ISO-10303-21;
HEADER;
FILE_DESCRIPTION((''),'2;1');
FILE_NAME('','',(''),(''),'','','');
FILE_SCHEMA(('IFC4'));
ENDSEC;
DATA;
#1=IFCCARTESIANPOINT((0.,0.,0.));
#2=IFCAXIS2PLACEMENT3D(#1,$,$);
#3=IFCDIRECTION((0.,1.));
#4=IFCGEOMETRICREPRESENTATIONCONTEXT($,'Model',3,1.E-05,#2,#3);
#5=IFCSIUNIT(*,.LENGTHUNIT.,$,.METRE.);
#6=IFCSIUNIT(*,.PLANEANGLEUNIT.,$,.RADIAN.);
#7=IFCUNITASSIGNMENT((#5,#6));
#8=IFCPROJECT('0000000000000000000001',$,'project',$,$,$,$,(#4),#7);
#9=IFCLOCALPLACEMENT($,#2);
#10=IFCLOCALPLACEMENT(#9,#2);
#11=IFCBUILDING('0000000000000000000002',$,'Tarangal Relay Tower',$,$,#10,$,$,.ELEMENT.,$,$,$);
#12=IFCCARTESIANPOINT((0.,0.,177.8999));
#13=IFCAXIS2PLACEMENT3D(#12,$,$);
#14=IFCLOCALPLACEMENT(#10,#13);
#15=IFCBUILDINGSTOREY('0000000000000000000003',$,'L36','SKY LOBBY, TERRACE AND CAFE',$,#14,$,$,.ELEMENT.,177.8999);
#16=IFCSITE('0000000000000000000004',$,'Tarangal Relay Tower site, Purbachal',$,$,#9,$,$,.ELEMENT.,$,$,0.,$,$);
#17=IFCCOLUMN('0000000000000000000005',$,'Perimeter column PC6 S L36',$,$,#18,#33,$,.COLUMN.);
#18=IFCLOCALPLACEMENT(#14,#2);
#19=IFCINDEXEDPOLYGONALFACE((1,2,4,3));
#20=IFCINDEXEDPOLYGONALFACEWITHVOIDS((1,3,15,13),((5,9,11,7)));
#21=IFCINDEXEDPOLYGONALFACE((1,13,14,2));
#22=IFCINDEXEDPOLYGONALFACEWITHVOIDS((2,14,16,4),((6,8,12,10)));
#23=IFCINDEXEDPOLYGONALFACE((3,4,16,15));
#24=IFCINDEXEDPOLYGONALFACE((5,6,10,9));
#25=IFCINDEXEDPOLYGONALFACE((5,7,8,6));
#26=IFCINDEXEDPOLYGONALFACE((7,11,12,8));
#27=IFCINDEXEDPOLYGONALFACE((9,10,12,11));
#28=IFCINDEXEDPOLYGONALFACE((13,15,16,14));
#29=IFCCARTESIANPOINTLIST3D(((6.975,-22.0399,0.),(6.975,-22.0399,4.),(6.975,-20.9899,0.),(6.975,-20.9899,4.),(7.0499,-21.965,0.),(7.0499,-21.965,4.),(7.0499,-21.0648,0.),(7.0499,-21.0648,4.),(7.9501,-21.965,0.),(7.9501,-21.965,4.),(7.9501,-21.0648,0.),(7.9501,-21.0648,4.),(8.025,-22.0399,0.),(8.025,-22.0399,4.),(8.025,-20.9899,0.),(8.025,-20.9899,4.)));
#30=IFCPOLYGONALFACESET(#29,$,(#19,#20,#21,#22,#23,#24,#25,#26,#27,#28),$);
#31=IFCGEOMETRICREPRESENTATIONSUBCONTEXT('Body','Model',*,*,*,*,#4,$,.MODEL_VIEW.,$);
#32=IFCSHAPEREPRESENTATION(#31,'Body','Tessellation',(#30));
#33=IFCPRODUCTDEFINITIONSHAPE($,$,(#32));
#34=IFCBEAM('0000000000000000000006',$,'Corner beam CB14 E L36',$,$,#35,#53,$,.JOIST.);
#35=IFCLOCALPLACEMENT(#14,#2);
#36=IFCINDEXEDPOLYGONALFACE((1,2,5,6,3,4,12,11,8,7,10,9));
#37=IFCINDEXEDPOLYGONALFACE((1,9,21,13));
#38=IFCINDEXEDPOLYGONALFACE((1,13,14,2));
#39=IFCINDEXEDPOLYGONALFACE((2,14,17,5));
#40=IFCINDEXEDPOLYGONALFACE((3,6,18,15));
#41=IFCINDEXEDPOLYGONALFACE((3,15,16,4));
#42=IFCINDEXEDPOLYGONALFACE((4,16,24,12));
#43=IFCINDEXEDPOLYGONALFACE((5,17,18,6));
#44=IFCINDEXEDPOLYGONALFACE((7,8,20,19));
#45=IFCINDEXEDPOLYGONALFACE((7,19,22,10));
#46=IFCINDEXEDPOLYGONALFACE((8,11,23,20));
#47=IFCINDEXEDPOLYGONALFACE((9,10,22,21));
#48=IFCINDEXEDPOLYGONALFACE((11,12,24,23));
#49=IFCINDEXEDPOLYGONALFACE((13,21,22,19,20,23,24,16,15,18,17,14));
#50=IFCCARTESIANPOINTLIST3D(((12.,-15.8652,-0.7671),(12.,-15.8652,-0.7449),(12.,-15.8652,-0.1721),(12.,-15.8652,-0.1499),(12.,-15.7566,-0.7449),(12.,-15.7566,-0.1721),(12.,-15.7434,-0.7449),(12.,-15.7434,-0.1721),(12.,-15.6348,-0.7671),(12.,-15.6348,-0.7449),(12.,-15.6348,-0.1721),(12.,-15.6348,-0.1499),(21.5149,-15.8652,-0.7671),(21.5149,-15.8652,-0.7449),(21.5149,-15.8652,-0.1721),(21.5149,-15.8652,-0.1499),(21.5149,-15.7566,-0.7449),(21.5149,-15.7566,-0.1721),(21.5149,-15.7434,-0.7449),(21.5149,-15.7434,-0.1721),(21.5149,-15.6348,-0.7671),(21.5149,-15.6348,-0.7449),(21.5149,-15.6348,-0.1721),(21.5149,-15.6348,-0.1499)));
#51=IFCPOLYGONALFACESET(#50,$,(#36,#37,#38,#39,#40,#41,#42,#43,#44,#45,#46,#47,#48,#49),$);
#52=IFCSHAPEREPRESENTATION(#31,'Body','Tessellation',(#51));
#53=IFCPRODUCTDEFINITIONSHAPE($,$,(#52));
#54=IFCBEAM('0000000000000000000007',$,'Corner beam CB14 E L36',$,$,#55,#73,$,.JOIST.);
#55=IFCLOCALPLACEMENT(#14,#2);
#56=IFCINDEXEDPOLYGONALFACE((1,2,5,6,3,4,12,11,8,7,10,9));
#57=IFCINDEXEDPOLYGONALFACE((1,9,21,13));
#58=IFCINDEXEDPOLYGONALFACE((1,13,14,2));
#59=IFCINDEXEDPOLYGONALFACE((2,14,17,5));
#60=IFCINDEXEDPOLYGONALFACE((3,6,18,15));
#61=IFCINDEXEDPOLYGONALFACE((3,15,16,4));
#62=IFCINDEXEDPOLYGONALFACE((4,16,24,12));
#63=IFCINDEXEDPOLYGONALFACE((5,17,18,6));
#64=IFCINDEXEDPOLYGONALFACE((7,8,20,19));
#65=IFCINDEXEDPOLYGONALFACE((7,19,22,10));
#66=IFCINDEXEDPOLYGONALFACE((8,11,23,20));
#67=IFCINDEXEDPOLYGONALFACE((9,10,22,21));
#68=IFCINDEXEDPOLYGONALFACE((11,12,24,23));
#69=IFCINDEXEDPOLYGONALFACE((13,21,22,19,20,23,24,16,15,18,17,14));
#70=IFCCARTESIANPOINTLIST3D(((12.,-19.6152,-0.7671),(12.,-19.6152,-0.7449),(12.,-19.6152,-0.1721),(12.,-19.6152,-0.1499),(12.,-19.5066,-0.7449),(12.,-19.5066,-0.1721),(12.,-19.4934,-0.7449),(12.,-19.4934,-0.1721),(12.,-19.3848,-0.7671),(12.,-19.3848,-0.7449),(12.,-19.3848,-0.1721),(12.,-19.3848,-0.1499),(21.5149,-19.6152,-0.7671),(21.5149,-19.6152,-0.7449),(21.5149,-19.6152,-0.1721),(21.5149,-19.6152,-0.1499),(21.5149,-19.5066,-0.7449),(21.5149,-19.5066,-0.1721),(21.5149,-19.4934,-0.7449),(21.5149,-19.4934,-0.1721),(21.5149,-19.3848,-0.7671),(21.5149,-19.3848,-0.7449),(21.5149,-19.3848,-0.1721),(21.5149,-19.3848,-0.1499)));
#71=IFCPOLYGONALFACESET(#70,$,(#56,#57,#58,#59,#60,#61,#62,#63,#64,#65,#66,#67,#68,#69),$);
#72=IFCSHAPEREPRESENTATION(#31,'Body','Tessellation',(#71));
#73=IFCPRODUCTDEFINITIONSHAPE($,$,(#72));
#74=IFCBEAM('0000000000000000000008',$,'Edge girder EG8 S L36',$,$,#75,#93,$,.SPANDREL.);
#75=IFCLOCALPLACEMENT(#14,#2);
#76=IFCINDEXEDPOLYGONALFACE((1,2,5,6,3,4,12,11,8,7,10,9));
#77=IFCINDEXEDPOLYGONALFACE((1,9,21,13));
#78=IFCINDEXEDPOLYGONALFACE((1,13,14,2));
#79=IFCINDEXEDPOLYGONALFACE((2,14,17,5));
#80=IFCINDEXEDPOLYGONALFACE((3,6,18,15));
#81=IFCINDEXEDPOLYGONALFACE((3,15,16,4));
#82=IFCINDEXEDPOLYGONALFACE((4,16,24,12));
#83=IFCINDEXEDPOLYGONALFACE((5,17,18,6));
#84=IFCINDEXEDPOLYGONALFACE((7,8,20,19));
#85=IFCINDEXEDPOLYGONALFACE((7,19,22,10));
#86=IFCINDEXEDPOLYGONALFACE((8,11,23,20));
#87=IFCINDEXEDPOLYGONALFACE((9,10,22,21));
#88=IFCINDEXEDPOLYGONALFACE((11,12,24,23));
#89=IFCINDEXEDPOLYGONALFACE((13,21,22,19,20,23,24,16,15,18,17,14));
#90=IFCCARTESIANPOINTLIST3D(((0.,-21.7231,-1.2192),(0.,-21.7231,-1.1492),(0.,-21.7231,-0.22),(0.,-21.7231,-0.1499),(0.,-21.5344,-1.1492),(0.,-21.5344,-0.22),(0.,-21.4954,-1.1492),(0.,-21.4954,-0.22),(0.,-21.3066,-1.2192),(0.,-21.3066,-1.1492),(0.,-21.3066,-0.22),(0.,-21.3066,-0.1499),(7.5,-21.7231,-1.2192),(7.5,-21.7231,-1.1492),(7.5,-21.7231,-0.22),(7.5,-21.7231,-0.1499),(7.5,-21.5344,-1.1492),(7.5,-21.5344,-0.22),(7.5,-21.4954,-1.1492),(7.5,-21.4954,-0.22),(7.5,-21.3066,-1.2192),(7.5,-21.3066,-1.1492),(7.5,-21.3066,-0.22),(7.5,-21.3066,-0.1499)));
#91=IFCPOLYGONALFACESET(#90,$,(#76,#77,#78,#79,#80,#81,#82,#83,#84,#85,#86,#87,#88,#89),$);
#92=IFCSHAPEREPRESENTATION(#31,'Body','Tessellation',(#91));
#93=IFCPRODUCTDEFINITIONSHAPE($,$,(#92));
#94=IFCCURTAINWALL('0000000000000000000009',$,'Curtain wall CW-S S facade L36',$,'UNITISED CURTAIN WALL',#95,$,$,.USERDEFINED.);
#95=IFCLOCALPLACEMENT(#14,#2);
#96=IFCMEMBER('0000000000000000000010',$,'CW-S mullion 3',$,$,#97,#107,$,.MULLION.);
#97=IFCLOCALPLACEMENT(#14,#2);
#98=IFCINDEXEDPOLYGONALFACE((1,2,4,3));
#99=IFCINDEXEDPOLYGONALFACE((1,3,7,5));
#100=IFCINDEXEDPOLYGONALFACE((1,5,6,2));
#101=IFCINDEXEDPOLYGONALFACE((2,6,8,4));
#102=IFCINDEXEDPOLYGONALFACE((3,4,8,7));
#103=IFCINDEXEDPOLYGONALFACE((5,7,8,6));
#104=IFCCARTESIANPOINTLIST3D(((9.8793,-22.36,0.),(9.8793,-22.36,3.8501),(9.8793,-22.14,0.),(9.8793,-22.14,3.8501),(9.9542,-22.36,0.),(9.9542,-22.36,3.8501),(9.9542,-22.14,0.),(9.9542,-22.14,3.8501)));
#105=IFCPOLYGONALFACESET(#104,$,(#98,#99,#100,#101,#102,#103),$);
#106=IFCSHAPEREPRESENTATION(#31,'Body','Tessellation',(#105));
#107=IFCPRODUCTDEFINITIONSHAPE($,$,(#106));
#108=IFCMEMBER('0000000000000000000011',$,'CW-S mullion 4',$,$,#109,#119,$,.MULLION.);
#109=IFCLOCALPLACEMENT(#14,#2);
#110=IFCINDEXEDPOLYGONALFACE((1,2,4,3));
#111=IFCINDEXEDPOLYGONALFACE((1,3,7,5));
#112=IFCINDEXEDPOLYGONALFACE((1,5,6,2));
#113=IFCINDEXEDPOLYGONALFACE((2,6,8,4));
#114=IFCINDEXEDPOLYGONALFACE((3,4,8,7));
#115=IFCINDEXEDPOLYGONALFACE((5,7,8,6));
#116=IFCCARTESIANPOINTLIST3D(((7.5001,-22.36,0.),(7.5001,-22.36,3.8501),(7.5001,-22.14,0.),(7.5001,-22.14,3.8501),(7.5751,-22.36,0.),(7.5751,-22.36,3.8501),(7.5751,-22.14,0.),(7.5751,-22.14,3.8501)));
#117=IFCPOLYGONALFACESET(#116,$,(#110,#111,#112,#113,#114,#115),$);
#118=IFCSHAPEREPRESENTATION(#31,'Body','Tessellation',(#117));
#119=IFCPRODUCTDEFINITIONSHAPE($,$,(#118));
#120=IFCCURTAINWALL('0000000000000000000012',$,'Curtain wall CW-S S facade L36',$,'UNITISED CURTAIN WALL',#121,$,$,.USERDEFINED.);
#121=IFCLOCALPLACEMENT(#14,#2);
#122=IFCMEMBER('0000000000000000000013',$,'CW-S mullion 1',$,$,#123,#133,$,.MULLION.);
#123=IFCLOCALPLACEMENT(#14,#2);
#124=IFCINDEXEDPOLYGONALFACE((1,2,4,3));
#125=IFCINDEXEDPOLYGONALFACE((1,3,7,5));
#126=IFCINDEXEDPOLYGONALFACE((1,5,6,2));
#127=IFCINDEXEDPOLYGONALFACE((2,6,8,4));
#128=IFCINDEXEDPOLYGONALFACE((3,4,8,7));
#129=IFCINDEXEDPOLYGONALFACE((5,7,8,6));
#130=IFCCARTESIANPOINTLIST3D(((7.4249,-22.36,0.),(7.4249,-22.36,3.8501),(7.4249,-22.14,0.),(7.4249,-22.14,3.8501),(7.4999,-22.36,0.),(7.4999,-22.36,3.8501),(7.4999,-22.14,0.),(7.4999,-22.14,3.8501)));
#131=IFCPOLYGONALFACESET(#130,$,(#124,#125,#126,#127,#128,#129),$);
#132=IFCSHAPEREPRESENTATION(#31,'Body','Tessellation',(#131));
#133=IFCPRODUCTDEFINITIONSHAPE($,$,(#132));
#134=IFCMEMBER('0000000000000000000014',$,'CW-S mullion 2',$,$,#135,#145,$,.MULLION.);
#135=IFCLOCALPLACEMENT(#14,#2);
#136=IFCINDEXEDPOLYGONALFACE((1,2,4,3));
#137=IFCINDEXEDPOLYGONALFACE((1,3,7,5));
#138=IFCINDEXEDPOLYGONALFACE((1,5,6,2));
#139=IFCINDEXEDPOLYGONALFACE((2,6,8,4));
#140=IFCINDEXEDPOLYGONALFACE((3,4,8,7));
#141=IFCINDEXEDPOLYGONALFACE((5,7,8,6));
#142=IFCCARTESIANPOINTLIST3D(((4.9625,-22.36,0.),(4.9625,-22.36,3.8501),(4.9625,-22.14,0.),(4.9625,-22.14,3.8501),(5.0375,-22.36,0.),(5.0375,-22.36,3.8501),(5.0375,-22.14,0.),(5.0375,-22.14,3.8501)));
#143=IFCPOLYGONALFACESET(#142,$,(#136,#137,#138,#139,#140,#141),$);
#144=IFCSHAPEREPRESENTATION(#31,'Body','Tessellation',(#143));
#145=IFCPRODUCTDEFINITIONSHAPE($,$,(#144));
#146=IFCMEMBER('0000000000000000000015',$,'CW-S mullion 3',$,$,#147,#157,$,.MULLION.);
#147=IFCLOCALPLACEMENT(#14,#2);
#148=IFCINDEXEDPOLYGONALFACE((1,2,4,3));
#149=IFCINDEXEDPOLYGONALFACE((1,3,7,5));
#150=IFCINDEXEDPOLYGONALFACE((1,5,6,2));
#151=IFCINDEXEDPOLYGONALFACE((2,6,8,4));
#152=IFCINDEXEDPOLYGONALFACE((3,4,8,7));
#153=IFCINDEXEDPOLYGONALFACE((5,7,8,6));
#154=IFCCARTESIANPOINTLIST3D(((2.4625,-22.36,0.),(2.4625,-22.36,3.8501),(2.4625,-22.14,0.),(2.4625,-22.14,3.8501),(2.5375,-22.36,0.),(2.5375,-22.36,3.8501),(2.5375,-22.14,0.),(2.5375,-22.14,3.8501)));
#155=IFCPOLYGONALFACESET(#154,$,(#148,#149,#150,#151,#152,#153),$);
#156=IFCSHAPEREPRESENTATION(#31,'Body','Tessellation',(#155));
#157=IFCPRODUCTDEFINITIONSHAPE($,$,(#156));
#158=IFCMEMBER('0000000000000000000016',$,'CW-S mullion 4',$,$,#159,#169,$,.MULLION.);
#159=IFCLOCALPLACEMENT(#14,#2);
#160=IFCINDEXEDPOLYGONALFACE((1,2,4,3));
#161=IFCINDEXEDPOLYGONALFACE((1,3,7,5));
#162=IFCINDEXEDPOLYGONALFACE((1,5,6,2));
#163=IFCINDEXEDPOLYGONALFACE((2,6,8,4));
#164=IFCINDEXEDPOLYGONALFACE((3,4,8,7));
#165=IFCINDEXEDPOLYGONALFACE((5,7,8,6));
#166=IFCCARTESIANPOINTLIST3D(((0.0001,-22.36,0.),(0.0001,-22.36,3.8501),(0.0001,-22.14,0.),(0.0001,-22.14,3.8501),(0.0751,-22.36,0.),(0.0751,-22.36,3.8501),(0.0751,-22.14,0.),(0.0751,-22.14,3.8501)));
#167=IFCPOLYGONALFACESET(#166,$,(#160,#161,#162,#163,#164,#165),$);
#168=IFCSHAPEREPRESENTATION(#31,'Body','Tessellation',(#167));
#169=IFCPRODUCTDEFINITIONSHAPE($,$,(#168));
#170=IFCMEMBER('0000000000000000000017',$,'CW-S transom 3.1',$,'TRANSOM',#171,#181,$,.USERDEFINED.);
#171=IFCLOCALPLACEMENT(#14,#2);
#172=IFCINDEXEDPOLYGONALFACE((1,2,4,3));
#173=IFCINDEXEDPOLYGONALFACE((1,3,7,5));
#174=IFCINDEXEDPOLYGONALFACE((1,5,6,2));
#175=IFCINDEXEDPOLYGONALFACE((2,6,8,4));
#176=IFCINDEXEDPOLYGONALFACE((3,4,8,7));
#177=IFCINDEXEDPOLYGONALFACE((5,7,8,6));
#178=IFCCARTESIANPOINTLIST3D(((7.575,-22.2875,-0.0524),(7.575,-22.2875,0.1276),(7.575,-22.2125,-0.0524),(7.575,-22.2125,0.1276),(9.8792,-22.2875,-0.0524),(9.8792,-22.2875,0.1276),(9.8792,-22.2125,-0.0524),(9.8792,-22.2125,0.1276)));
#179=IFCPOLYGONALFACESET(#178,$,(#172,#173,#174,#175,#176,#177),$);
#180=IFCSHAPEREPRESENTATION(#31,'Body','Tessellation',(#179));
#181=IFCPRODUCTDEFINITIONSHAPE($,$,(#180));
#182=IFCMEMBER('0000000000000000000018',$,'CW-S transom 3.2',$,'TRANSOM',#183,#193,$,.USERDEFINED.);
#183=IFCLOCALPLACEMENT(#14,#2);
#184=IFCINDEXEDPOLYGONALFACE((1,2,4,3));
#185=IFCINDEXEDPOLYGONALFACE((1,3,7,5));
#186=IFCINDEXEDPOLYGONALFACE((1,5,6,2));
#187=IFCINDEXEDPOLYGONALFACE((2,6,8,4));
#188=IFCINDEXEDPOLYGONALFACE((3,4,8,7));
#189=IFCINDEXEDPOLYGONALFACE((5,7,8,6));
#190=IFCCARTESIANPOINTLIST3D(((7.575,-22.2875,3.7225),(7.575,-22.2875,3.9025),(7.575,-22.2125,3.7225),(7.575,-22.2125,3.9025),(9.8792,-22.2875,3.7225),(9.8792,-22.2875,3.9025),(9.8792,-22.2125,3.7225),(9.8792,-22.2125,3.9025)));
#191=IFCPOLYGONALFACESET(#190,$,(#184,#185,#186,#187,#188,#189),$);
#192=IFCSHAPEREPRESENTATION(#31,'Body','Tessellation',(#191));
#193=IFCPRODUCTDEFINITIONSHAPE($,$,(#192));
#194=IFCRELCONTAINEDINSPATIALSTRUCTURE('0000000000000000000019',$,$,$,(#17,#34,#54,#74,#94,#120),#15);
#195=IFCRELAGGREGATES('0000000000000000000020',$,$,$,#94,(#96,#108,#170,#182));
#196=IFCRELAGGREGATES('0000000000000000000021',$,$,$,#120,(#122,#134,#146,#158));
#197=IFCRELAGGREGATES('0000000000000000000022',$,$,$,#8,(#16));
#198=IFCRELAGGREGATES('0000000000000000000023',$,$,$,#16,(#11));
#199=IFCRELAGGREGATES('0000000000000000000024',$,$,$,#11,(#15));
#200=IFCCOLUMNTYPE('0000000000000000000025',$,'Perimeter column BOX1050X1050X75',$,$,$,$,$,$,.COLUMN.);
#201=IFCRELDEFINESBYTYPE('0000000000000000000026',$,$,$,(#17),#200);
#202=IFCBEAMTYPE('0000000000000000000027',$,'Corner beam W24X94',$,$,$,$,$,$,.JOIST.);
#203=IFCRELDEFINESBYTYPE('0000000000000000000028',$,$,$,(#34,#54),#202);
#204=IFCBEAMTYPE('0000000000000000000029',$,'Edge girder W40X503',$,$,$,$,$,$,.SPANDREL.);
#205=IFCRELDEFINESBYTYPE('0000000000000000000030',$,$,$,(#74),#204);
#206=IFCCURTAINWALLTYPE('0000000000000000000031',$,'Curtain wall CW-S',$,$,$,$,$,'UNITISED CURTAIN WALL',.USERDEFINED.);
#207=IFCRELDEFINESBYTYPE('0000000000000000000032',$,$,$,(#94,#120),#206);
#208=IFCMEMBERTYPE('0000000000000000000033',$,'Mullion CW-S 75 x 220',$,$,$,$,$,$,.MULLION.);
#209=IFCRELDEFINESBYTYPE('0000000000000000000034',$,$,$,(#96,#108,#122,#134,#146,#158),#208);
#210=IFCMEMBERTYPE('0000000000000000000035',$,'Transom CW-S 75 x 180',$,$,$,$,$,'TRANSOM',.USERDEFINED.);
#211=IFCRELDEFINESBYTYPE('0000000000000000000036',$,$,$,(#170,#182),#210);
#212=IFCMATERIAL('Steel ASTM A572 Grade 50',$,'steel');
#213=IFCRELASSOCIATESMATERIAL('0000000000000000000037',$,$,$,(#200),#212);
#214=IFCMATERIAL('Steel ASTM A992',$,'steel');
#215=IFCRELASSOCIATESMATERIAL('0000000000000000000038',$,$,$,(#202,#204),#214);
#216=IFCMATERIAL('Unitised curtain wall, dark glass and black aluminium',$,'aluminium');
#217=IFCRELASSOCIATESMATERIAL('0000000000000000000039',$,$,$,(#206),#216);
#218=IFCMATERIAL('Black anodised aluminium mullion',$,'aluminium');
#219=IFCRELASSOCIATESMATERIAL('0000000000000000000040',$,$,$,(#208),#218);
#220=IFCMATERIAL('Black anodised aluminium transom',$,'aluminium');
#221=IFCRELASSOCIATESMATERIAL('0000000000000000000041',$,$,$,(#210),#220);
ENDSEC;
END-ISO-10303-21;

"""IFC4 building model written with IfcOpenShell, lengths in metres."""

from ifc_helpers import new_model, si_unit, direction, frame, origin, origin_2d, place, context, subcontext, project, spatial, rectangle, hollow_rectangle, i_section, extrude, material, material_profile, profile_set, type_object, element, aggregate, save


model = new_model("IFC4")

# Units and contexts
model_context = context("Model", 3, precision=1e-05, world=origin(), true_north=direction((0.0, 1.0)))
body_context = subcontext(model_context, "Body", "Model", "MODEL_VIEW")
ifc_project = project(units=[si_unit("LENGTHUNIT", "METRE"), si_unit("PLANEANGLEUNIT", "RADIAN")], contexts=[model_context])

# Site, building, storey
site_placement = place(None, origin())
site = spatial("IfcSite", under=ifc_project, at=site_placement, Name="Tarangal Relay Tower site, Purbachal", CompositionType="ELEMENT", RefElevation=0.0)
building_placement = place(site_placement, origin())
building = spatial("IfcBuilding", under=site, at=building_placement, Name="Tarangal Relay Tower", CompositionType="ELEMENT")
storey_placement = place(building_placement, frame((0.0, 0.0, 177.8999)))
storey = spatial("IfcBuildingStorey", under=building, at=storey_placement, Name="L36", Description="SKY LOBBY, TERRACE AND CAFE", CompositionType="ELEMENT", Elevation=177.8999)

# Column
ifc_material_1 = material(Name="Steel ASTM A572 Grade 50", Category="steel")
ifc_material_profile_1 = material_profile(ifc_material_1, hollow_rectangle(XDim=1.05, YDim=1.05, WallThickness=0.075, at=origin_2d()), Name="BOX1050X1050X75")
ifc_profile_set_1 = profile_set([ifc_material_profile_1], Name="Steel ASTM A572 Grade 50")
column_type = type_object("IfcColumnType", Name="Perimeter column BOX1050X1050X75", PredefinedType="COLUMN", material=ifc_profile_set_1)
column_placement = place(storey_placement, frame((7.5, -21.5149, 0.0), z_axis=(0.0, 0.0, 1.0), x_axis=(1.0, 0.0, 0.0)))
element("IfcColumn", 1, at=column_placement, inside=storey, type_object=column_type, Name="Perimeter column PC6 S L36", PredefinedType="COLUMN", context=body_context, shape_type="SweptSolid", body=[
    extrude(hollow_rectangle(XDim=1.05, YDim=1.05, WallThickness=0.075, at=origin_2d()), origin(), (0.0, 0.0, 1.0), 4.0),
])

# Beams
ifc_material_2 = material(Name="Steel ASTM A992", Category="steel")
ifc_material_profile_2 = material_profile(ifc_material_2, i_section(OverallWidth=0.2305, OverallDepth=0.6172, WebThickness=0.0132, FlangeThickness=0.0222, at=origin_2d()), Name="W24X94")
ifc_profile_set_2 = profile_set([ifc_material_profile_2], Name="Steel ASTM A992")
beam_type_1 = type_object("IfcBeamType", Name="Corner beam W24X94", PredefinedType="JOIST", material=ifc_profile_set_2)
for number, where, z_axis, x_axis, name in (
    (2, (12.0, -15.75, -0.4585), (1.0, 0.0, 0.0), (0.0, 1.0, 0.0), "Corner beam CB14 E L36"),
    (3, (12.0, -19.5, -0.4585), (1.0, 0.0, 0.0), (0.0, 1.0, 0.0), "Corner beam CB14 E L36"),
):
    element("IfcBeam", number, at=place(storey_placement, frame(where, z_axis=z_axis, x_axis=x_axis)), inside=storey, type_object=beam_type_1, Name=name, PredefinedType="JOIST", context=body_context, shape_type="SweptSolid", body=[
        extrude(i_section(OverallWidth=0.2305, OverallDepth=0.6172, WebThickness=0.0132, FlangeThickness=0.0222, at=origin_2d()), origin(), (0.0, 0.0, 1.0), 9.5149),
    ])
ifc_material_profile_3 = material_profile(ifc_material_2, i_section(OverallWidth=0.4165, OverallDepth=1.0693, WebThickness=0.0391, FlangeThickness=0.0701, at=origin_2d()), Name="W40X503")
ifc_profile_set_3 = profile_set([ifc_material_profile_3], Name="Steel ASTM A992")
beam_type_2 = type_object("IfcBeamType", Name="Edge girder W40X503", PredefinedType="SPANDREL", material=ifc_profile_set_3)
beam_placement = place(storey_placement, frame((7.5, -21.5149, -0.6846), z_axis=(-1.0, 0.0, 0.0), x_axis=(0.0, -1.0, 0.0)))
element("IfcBeam", 4, at=beam_placement, inside=storey, type_object=beam_type_2, Name="Edge girder EG8 S L36", PredefinedType="SPANDREL", context=body_context, shape_type="SweptSolid", body=[
    extrude(i_section(OverallWidth=0.4165, OverallDepth=1.0693, WebThickness=0.0391, FlangeThickness=0.0701, at=origin_2d()), origin(), (0.0, 0.0, 1.0), 7.5),
])

# Curtain walls, members
ifc_material_3 = material(Name="Unitised curtain wall, dark glass and black aluminium", Category="aluminium")
curtain_wall_type = type_object("IfcCurtainWallType", Name="Curtain wall CW-S", ElementType="UNITISED CURTAIN WALL", PredefinedType="USERDEFINED", material=ifc_material_3)
curtain_wall_1_placement = place(storey_placement, origin())
curtain_wall_1 = element("IfcCurtainWall", 5, at=curtain_wall_1_placement, inside=storey, type_object=curtain_wall_type, Name="Curtain wall CW-S S facade L36", ObjectType="UNITISED CURTAIN WALL", PredefinedType="USERDEFINED")
ifc_material_4 = material(Name="Black anodised aluminium mullion", Category="aluminium")
ifc_material_profile_4 = material_profile(ifc_material_4, rectangle(XDim=0.22, YDim=0.075, at=origin_2d()), Name="CW-SM 75X220")
ifc_profile_set_4 = profile_set([ifc_material_profile_4], Name="Black anodised aluminium mullion")
member_type_1 = type_object("IfcMemberType", Name="Mullion CW-S 75 x 220", PredefinedType="MULLION", material=ifc_profile_set_4)
member_1_placement = place(storey_placement, frame((9.9167, -22.25, 0.0), z_axis=(0.0, 0.0, 1.0), x_axis=(0.0, -1.0, 0.0)))
member_1 = element("IfcMember", 6, at=member_1_placement, type_object=member_type_1, Name="CW-S mullion 3", PredefinedType="MULLION", context=body_context, shape_type="SweptSolid", body=[
    extrude(rectangle(XDim=0.22, YDim=0.075, at=origin_2d()), origin(), (0.0, 0.0, 1.0), 3.8501),
])
member_2_placement = place(storey_placement, frame((7.5376, -22.25, 0.0), z_axis=(0.0, 0.0, 1.0), x_axis=(0.0, -1.0, 0.0)))
member_2 = element("IfcMember", 7, at=member_2_placement, type_object=member_type_1, Name="CW-S mullion 4", PredefinedType="MULLION", context=body_context, shape_type="SweptSolid", body=[
    extrude(rectangle(XDim=0.22, YDim=0.075, at=origin_2d()), origin(), (0.0, 0.0, 1.0), 3.8501),
])
curtain_wall_2_placement = place(storey_placement, origin())
curtain_wall_2 = element("IfcCurtainWall", 8, at=curtain_wall_2_placement, inside=storey, type_object=curtain_wall_type, Name="Curtain wall CW-S S facade L36", ObjectType="UNITISED CURTAIN WALL", PredefinedType="USERDEFINED")
member_3_placement = place(storey_placement, frame((7.4624, -22.25, 0.0), z_axis=(0.0, 0.0, 1.0), x_axis=(0.0, -1.0, 0.0)))
member_3 = element("IfcMember", 9, at=member_3_placement, type_object=member_type_1, Name="CW-S mullion 1", PredefinedType="MULLION", context=body_context, shape_type="SweptSolid", body=[
    extrude(rectangle(XDim=0.22, YDim=0.075, at=origin_2d()), origin(), (0.0, 0.0, 1.0), 3.8501),
])
member_4_placement = place(storey_placement, frame((5.0, -22.25, 0.0), z_axis=(0.0, 0.0, 1.0), x_axis=(0.0, -1.0, 0.0)))
member_4 = element("IfcMember", 10, at=member_4_placement, type_object=member_type_1, Name="CW-S mullion 2", PredefinedType="MULLION", context=body_context, shape_type="SweptSolid", body=[
    extrude(rectangle(XDim=0.22, YDim=0.075, at=origin_2d()), origin(), (0.0, 0.0, 1.0), 3.8501),
])
member_5_placement = place(storey_placement, frame((2.5, -22.25, 0.0), z_axis=(0.0, 0.0, 1.0), x_axis=(0.0, -1.0, 0.0)))
member_5 = element("IfcMember", 11, at=member_5_placement, type_object=member_type_1, Name="CW-S mullion 3", PredefinedType="MULLION", context=body_context, shape_type="SweptSolid", body=[
    extrude(rectangle(XDim=0.22, YDim=0.075, at=origin_2d()), origin(), (0.0, 0.0, 1.0), 3.8501),
])
member_6_placement = place(storey_placement, frame((0.0376, -22.25, 0.0), z_axis=(0.0, 0.0, 1.0), x_axis=(0.0, -1.0, 0.0)))
member_6 = element("IfcMember", 12, at=member_6_placement, type_object=member_type_1, Name="CW-S mullion 4", PredefinedType="MULLION", context=body_context, shape_type="SweptSolid", body=[
    extrude(rectangle(XDim=0.22, YDim=0.075, at=origin_2d()), origin(), (0.0, 0.0, 1.0), 3.8501),
])

# Members
ifc_material_5 = material(Name="Black anodised aluminium transom", Category="aluminium")
ifc_material_profile_5 = material_profile(ifc_material_5, rectangle(XDim=0.075, YDim=0.1799, at=origin_2d()), Name="CW-ST 75X180")
ifc_profile_set_5 = profile_set([ifc_material_profile_5], Name="Black anodised aluminium transom")
member_type_2 = type_object("IfcMemberType", Name="Transom CW-S 75 x 180", ElementType="TRANSOM", PredefinedType="USERDEFINED", material=ifc_profile_set_5)
member_7_placement = place(storey_placement, frame((9.8792, -22.25, 0.0376), z_axis=(-1.0, 0.0, 0.0), x_axis=(0.0, -1.0, 0.0)))
member_7 = element("IfcMember", 13, at=member_7_placement, type_object=member_type_2, Name="CW-S transom 3.1", ObjectType="TRANSOM", PredefinedType="USERDEFINED", context=body_context, shape_type="SweptSolid", body=[
    extrude(rectangle(XDim=0.075, YDim=0.1799, at=origin_2d()), origin(), (0.0, 0.0, 1.0), 2.3042),
])
member_8_placement = place(storey_placement, frame((9.8792, -22.25, 3.8125), z_axis=(-1.0, 0.0, 0.0), x_axis=(0.0, -1.0, 0.0)))
member_8 = element("IfcMember", 14, at=member_8_placement, type_object=member_type_2, Name="CW-S transom 3.2", ObjectType="TRANSOM", PredefinedType="USERDEFINED", context=body_context, shape_type="SweptSolid", body=[
    extrude(rectangle(XDim=0.075, YDim=0.1799, at=origin_2d()), origin(), (0.0, 0.0, 1.0), 2.3042),
])

aggregate(curtain_wall_1, [member_1, member_2, member_7, member_8])
aggregate(curtain_wall_2, [member_3, member_4, member_5, member_6])

save(model, "model.ifc")
